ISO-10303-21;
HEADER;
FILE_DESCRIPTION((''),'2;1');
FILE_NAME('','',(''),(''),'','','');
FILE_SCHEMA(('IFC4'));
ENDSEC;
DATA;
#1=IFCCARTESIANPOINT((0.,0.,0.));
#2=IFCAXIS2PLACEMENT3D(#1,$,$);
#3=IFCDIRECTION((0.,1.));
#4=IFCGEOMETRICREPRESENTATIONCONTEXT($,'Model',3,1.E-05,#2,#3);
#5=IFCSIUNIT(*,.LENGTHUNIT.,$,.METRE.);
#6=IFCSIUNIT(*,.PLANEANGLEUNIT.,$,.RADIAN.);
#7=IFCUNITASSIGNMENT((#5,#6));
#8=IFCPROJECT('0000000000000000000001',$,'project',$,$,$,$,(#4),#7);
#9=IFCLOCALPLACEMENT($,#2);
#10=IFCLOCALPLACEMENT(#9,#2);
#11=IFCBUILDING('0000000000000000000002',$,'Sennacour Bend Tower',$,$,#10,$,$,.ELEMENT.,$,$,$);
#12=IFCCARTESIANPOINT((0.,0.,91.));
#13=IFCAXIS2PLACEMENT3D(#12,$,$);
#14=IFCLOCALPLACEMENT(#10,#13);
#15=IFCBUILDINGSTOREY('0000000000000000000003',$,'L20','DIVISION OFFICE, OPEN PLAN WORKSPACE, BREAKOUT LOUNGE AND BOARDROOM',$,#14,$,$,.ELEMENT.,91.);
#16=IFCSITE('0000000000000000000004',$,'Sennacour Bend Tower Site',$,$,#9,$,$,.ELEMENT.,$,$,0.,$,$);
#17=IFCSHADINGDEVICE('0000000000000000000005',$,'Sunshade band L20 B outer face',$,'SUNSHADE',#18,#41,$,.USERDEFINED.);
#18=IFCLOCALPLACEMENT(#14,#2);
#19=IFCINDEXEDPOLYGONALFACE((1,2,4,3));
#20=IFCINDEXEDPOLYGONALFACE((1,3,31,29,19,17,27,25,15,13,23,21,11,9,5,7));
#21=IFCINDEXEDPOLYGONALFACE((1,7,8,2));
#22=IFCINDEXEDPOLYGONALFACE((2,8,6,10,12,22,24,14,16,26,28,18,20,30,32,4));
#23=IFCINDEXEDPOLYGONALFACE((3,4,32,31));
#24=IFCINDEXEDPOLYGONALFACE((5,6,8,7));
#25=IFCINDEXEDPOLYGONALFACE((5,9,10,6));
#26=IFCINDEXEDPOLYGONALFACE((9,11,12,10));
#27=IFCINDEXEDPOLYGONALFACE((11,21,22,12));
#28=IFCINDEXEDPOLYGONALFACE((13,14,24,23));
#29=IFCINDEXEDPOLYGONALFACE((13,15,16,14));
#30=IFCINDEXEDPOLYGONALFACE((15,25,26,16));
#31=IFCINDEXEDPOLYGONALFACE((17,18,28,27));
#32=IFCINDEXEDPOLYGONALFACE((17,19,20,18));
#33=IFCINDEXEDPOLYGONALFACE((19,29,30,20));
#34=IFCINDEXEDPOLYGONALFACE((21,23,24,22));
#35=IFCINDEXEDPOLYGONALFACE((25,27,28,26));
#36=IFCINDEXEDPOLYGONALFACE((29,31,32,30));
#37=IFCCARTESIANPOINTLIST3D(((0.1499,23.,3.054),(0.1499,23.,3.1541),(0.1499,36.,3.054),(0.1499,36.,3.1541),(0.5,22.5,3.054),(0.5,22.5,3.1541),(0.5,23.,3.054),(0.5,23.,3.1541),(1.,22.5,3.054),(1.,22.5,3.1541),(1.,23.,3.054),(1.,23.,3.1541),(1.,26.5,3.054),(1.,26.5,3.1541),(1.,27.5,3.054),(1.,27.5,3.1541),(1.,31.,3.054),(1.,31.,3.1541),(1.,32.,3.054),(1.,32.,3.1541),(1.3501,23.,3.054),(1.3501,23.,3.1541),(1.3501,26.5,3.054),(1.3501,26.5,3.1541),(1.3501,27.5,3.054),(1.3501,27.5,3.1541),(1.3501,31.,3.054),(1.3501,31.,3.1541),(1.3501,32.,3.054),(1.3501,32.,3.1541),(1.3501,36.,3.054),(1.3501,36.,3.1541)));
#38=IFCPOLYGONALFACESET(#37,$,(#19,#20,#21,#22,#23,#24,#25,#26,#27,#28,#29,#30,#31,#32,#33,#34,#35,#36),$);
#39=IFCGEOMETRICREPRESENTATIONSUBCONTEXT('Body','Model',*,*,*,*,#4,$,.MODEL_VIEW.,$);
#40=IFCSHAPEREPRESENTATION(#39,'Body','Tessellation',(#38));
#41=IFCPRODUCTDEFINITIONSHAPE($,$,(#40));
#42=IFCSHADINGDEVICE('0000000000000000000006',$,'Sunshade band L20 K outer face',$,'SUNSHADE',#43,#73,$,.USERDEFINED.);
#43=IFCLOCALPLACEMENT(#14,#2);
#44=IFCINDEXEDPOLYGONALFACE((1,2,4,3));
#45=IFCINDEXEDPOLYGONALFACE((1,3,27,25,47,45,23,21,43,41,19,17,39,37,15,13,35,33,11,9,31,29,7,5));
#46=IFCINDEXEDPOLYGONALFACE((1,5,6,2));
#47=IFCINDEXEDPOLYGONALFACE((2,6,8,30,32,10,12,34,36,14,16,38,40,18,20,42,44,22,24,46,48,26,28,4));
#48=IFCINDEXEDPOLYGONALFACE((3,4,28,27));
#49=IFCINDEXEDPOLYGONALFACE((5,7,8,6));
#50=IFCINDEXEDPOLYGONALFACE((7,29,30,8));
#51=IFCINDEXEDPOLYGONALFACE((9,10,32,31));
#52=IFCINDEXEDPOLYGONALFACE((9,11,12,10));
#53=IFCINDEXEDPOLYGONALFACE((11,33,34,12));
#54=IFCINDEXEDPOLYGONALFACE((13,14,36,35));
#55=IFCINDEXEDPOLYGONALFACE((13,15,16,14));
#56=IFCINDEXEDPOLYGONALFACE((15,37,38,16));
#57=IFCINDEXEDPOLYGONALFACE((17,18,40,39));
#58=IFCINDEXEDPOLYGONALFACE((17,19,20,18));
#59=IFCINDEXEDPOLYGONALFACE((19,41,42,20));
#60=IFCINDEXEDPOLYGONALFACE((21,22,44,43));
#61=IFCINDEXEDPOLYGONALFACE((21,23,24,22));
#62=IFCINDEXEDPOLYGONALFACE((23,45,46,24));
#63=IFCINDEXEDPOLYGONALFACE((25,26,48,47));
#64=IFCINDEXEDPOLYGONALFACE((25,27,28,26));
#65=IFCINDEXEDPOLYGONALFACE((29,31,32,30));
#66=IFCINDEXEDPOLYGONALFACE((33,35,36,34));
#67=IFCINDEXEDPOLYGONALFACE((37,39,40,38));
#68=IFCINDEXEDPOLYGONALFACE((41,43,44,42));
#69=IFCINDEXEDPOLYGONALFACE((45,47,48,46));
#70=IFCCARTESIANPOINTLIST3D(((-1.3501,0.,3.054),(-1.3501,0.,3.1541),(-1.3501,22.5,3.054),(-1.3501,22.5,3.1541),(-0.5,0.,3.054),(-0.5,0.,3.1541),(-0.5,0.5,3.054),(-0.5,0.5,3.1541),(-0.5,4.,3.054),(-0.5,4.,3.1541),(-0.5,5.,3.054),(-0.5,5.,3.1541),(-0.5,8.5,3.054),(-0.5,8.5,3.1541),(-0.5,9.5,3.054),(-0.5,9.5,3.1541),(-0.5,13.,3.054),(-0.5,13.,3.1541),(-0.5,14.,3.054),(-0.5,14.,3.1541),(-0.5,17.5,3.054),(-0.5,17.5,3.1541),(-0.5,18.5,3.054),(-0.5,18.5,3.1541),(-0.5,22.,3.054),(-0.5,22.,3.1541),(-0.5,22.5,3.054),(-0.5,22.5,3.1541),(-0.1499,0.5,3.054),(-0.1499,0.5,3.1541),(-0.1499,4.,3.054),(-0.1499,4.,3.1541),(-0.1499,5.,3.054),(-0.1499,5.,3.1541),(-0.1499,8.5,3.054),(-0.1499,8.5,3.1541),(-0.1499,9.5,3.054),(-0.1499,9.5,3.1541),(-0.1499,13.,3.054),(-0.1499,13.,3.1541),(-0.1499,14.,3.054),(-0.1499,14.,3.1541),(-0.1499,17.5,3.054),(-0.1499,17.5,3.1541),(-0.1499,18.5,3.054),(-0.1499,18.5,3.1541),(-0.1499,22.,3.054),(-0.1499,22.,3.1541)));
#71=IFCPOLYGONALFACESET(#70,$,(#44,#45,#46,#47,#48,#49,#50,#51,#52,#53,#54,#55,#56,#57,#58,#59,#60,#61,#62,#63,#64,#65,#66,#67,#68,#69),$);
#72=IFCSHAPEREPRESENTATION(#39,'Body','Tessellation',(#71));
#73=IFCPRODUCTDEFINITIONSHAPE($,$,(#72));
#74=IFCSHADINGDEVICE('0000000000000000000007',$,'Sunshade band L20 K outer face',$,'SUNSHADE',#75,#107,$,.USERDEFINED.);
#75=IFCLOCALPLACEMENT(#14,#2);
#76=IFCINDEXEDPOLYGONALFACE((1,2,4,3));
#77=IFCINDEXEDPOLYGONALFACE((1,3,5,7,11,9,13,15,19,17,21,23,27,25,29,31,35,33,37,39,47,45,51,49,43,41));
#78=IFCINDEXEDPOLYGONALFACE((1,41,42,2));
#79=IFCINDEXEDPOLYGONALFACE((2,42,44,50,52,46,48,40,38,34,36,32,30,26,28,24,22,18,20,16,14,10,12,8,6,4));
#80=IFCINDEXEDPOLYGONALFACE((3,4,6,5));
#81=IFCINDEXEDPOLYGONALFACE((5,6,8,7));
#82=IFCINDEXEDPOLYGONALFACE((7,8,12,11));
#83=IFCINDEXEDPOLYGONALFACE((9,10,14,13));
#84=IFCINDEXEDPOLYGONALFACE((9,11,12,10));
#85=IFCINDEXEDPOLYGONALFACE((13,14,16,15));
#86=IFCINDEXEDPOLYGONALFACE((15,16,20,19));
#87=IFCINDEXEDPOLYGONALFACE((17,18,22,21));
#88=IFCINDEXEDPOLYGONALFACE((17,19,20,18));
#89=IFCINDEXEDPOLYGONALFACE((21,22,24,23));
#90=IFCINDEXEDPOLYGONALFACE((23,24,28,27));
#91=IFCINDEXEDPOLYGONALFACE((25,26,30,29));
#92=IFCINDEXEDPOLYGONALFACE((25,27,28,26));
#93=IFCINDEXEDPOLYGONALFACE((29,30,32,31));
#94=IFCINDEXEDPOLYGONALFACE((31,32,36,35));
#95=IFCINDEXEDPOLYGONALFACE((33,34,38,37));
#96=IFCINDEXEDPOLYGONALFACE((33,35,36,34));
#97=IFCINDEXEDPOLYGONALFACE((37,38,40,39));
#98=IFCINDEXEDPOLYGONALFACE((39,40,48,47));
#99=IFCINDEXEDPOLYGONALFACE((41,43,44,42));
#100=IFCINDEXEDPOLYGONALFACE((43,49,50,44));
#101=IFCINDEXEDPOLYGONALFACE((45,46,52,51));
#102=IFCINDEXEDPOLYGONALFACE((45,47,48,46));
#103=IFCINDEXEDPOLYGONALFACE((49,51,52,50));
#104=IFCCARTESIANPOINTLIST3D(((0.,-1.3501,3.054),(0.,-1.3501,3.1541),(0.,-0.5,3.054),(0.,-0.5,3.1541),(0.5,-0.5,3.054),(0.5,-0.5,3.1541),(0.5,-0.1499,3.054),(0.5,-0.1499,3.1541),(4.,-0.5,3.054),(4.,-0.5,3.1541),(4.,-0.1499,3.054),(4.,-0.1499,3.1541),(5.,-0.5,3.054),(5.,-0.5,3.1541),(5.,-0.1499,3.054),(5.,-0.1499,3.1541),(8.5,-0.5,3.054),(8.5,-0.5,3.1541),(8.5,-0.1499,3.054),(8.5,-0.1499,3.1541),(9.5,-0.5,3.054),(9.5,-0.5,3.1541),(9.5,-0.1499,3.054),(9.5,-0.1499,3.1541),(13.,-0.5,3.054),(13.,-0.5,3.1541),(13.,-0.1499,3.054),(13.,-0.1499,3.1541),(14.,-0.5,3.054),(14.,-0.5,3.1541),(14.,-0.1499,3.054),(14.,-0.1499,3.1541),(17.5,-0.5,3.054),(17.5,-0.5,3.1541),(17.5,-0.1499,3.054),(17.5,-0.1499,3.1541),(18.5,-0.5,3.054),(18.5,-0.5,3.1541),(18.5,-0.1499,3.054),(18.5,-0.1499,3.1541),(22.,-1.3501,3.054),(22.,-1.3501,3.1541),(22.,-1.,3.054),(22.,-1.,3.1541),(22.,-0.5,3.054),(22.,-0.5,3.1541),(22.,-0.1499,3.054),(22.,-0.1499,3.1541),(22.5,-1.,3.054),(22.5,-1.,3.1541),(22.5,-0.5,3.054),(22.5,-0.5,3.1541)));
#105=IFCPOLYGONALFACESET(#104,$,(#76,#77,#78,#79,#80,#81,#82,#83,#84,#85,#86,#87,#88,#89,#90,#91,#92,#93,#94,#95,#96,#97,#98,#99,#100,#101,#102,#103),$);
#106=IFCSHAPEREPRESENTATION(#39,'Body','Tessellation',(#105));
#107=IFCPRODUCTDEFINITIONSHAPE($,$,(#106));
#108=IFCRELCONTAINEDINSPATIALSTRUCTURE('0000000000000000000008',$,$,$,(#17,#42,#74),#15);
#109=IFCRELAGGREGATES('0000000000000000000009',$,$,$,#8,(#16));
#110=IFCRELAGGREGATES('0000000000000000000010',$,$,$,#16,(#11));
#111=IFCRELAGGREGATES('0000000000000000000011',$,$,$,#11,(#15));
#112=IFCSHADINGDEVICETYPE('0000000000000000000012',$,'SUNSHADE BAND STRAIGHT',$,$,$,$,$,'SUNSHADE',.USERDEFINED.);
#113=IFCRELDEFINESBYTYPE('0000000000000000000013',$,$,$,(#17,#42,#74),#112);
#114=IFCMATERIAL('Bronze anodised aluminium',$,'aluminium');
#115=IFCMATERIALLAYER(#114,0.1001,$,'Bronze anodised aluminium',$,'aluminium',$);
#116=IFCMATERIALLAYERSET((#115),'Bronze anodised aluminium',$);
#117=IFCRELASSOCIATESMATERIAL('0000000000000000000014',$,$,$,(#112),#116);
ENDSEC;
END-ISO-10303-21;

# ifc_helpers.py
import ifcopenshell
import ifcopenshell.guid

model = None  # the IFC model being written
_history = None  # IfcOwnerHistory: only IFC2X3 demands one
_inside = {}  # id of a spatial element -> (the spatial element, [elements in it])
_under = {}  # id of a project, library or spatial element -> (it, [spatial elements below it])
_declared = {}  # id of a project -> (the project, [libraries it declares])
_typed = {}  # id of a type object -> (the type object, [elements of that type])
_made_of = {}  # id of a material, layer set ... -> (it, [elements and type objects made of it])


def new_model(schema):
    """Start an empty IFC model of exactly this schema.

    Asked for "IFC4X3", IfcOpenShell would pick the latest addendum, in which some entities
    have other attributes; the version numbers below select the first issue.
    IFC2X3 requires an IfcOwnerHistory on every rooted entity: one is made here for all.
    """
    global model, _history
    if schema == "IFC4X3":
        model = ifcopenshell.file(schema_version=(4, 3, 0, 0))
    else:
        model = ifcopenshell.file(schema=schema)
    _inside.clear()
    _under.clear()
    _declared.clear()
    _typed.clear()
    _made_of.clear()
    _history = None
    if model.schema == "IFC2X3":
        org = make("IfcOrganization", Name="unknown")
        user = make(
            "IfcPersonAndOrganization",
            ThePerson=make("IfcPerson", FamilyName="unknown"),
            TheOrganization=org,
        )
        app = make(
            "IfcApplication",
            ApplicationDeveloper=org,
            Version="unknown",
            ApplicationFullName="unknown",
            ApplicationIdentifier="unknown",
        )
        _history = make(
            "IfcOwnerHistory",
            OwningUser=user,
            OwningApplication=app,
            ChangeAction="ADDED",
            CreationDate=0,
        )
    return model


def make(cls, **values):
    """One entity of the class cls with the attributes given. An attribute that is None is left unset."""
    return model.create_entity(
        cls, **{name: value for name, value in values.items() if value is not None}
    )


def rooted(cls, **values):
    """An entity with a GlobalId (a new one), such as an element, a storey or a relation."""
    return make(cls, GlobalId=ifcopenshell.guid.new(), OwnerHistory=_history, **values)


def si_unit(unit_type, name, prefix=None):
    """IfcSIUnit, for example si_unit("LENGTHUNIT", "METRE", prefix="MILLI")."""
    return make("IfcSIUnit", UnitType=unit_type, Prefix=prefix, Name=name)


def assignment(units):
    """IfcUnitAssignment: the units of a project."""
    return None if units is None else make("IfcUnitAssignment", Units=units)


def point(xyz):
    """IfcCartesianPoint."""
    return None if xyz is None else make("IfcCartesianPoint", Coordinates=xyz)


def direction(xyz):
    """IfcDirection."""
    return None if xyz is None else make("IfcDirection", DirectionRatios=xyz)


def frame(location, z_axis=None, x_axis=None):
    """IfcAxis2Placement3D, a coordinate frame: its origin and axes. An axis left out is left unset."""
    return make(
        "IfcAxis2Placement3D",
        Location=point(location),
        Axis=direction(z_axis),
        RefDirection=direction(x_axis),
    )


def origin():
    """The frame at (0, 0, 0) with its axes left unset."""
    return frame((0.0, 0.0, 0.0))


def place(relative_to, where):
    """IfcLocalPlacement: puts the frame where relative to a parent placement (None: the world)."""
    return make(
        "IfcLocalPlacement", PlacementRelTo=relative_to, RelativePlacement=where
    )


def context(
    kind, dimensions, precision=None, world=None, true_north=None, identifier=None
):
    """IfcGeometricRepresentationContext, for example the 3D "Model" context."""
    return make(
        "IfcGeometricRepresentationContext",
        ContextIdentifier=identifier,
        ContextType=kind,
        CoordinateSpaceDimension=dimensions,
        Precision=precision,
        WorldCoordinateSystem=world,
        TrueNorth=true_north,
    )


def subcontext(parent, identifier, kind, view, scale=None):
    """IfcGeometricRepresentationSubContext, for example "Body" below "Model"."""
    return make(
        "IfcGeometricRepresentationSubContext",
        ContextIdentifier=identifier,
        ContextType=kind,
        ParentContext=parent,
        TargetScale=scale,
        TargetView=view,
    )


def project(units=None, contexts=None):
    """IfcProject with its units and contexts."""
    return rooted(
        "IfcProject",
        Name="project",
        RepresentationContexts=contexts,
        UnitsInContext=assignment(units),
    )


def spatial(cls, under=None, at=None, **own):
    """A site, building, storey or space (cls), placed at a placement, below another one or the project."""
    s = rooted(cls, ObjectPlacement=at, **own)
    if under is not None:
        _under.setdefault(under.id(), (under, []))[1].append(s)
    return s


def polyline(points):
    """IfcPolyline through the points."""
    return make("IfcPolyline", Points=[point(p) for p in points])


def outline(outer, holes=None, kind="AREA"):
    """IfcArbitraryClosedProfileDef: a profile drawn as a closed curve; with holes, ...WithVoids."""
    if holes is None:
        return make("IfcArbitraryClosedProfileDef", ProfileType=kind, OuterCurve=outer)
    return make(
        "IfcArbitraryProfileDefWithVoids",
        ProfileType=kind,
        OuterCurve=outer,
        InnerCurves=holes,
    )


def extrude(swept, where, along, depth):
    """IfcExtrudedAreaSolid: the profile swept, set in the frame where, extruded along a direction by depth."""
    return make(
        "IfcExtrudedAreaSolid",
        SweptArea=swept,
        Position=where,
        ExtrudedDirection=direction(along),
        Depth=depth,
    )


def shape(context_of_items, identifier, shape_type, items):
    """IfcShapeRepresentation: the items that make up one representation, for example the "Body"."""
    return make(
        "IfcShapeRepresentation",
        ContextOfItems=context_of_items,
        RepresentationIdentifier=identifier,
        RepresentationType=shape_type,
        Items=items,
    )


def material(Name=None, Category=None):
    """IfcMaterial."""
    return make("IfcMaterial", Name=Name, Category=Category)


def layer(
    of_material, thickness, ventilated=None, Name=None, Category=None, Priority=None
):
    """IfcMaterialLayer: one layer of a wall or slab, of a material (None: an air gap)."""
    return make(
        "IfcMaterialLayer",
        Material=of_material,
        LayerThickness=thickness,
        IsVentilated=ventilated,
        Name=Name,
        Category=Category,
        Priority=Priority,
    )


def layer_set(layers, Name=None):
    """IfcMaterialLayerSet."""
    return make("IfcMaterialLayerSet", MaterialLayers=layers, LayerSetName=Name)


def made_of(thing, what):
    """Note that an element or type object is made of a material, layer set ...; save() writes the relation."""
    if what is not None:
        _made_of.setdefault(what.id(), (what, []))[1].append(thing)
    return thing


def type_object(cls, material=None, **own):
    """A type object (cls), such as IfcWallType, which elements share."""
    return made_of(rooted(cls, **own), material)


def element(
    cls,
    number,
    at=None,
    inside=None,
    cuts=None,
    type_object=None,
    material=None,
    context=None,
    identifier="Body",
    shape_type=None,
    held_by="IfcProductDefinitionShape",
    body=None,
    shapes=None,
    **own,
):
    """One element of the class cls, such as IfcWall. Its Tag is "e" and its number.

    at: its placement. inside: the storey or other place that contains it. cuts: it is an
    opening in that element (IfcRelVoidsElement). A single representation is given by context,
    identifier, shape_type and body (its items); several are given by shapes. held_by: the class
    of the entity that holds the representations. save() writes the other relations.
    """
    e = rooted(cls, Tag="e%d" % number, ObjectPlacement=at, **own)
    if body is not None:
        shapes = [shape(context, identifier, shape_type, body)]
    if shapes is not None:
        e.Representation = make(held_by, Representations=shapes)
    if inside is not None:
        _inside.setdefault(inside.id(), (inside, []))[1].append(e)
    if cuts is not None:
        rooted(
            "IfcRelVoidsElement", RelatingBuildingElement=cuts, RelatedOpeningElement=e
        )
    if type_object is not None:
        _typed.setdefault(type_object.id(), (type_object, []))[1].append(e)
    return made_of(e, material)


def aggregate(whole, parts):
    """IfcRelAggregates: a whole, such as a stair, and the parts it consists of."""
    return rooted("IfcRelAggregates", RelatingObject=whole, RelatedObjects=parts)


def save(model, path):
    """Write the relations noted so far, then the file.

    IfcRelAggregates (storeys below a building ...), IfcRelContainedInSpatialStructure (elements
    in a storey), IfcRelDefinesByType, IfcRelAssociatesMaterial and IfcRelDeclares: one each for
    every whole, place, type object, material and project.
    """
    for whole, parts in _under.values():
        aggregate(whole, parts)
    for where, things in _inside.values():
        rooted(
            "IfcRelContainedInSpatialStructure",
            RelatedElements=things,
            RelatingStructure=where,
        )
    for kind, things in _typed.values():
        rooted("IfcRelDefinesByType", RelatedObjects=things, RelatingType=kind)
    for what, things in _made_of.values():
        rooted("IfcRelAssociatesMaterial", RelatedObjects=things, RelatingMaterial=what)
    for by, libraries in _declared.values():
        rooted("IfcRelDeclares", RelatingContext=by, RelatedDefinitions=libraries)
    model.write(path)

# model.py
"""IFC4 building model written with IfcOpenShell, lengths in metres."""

from ifc_helpers import new_model, si_unit, direction, frame, origin, place, context, subcontext, project, spatial, polyline, outline, extrude, material, layer, layer_set, type_object, element, save


model = new_model("IFC4")

# Units and contexts
model_context = context("Model", 3, precision=1e-05, world=origin(), true_north=direction((0.0, 1.0)))
body_context = subcontext(model_context, "Body", "Model", "MODEL_VIEW")
ifc_project = project(units=[si_unit("LENGTHUNIT", "METRE"), si_unit("PLANEANGLEUNIT", "RADIAN")], contexts=[model_context])

# Site, building, storey
site_placement = place(None, origin())
site = spatial("IfcSite", under=ifc_project, at=site_placement, Name="Sennacour Bend Tower Site", CompositionType="ELEMENT", RefElevation=0.0)
building_placement = place(site_placement, origin())
building = spatial("IfcBuilding", under=site, at=building_placement, Name="Sennacour Bend Tower", CompositionType="ELEMENT")
storey_placement = place(building_placement, frame((0.0, 0.0, 91.0)))
storey = spatial("IfcBuildingStorey", under=building, at=storey_placement, Name="L20", Description="DIVISION OFFICE, OPEN PLAN WORKSPACE, BREAKOUT LOUNGE AND BOARDROOM", CompositionType="ELEMENT", Elevation=91.0)

# Shading devices
ifc_material_1 = material(Name="Bronze anodised aluminium", Category="aluminium")
ifc_layer_1 = layer(ifc_material_1, 0.1001, Name="Bronze anodised aluminium", Category="aluminium")
ifc_layer_set_1 = layer_set([ifc_layer_1], Name="Bronze anodised aluminium")
shading_device_type_1 = type_object("IfcShadingDeviceType", Name="SUNSHADE BAND STRAIGHT", ElementType="SUNSHADE", PredefinedType="USERDEFINED", material=ifc_layer_set_1)
shading_device_1_placement = place(storey_placement, frame((0.0, 0.0, 3.054)))
element("IfcShadingDevice", 1, at=shading_device_1_placement, inside=storey, type_object=shading_device_type_1, Name="Sunshade band L20 B outer face", ObjectType="SUNSHADE", PredefinedType="USERDEFINED", context=body_context, shape_type="SweptSolid", body=[
    extrude(outline(polyline([(1.3501, 32.0), (1.0, 32.0), (1.0, 31.0), (1.3501, 31.0), (1.3501, 27.5), (1.0, 27.5), (1.0, 26.5), (1.3501, 26.5), (1.3501, 23.0), (1.0, 23.0), (1.0, 22.5), (0.5, 22.5), (0.5, 23.0), (0.1499, 23.0), (0.1499, 36.0), (1.3501, 36.0), (1.3501, 32.0)])), origin(), (0.0, 0.0, 1.0), 0.1001),
])
shading_device_2_placement = place(storey_placement, frame((0.0, 0.0, 3.054)))
element("IfcShadingDevice", 2, at=shading_device_2_placement, inside=storey, type_object=shading_device_type_1, Name="Sunshade band L20 K outer face", ObjectType="SUNSHADE", PredefinedType="USERDEFINED", context=body_context, shape_type="SweptSolid", body=[
    extrude(outline(polyline([(-0.1499, 18.5), (-0.5, 18.5), (-0.5, 17.5), (-0.1499, 17.5), (-0.1499, 14.0), (-0.5, 14.0), (-0.5, 13.0), (-0.1499, 13.0), (-0.1499, 9.5), (-0.5, 9.5), (-0.5, 8.5), (-0.1499, 8.5), (-0.1499, 5.0), (-0.5, 5.0), (-0.5, 4.0), (-0.1499, 4.0), (-0.1499, 0.5), (-0.5, 0.5), (-0.5, 0.0), (-1.3501, 0.0), (-1.3501, 22.5), (-0.5, 22.5), (-0.5, 22.0), (-0.1499, 22.0), (-0.1499, 18.5)])), origin(), (0.0, 0.0, 1.0), 0.1001),
])
shading_device_3_placement = place(storey_placement, frame((0.0, 0.0, 3.054)))
element("IfcShadingDevice", 3, at=shading_device_3_placement, inside=storey, type_object=shading_device_type_1, Name="Sunshade band L20 K outer face", ObjectType="SUNSHADE", PredefinedType="USERDEFINED", context=body_context, shape_type="SweptSolid", body=[
    extrude(outline(polyline([(4.0, -0.1499), (4.0, -0.5), (5.0, -0.5), (5.0, -0.1499), (8.5, -0.1499), (8.5, -0.5), (9.5, -0.5), (9.5, -0.1499), (13.0, -0.1499), (13.0, -0.5), (14.0, -0.5), (14.0, -0.1499), (17.5, -0.1499), (17.5, -0.5), (18.5, -0.5), (18.5, -0.1499), (22.0, -0.1499), (22.0, -0.5), (22.5, -0.5), (22.5, -1.0), (22.0, -1.0), (22.0, -1.3501), (0.0, -1.3501), (0.0, -0.5), (0.5, -0.5), (0.5, -0.1499), (4.0, -0.1499)])), origin(), (0.0, 0.0, 1.0), 0.1001),
])

save(model, "model.ifc")
